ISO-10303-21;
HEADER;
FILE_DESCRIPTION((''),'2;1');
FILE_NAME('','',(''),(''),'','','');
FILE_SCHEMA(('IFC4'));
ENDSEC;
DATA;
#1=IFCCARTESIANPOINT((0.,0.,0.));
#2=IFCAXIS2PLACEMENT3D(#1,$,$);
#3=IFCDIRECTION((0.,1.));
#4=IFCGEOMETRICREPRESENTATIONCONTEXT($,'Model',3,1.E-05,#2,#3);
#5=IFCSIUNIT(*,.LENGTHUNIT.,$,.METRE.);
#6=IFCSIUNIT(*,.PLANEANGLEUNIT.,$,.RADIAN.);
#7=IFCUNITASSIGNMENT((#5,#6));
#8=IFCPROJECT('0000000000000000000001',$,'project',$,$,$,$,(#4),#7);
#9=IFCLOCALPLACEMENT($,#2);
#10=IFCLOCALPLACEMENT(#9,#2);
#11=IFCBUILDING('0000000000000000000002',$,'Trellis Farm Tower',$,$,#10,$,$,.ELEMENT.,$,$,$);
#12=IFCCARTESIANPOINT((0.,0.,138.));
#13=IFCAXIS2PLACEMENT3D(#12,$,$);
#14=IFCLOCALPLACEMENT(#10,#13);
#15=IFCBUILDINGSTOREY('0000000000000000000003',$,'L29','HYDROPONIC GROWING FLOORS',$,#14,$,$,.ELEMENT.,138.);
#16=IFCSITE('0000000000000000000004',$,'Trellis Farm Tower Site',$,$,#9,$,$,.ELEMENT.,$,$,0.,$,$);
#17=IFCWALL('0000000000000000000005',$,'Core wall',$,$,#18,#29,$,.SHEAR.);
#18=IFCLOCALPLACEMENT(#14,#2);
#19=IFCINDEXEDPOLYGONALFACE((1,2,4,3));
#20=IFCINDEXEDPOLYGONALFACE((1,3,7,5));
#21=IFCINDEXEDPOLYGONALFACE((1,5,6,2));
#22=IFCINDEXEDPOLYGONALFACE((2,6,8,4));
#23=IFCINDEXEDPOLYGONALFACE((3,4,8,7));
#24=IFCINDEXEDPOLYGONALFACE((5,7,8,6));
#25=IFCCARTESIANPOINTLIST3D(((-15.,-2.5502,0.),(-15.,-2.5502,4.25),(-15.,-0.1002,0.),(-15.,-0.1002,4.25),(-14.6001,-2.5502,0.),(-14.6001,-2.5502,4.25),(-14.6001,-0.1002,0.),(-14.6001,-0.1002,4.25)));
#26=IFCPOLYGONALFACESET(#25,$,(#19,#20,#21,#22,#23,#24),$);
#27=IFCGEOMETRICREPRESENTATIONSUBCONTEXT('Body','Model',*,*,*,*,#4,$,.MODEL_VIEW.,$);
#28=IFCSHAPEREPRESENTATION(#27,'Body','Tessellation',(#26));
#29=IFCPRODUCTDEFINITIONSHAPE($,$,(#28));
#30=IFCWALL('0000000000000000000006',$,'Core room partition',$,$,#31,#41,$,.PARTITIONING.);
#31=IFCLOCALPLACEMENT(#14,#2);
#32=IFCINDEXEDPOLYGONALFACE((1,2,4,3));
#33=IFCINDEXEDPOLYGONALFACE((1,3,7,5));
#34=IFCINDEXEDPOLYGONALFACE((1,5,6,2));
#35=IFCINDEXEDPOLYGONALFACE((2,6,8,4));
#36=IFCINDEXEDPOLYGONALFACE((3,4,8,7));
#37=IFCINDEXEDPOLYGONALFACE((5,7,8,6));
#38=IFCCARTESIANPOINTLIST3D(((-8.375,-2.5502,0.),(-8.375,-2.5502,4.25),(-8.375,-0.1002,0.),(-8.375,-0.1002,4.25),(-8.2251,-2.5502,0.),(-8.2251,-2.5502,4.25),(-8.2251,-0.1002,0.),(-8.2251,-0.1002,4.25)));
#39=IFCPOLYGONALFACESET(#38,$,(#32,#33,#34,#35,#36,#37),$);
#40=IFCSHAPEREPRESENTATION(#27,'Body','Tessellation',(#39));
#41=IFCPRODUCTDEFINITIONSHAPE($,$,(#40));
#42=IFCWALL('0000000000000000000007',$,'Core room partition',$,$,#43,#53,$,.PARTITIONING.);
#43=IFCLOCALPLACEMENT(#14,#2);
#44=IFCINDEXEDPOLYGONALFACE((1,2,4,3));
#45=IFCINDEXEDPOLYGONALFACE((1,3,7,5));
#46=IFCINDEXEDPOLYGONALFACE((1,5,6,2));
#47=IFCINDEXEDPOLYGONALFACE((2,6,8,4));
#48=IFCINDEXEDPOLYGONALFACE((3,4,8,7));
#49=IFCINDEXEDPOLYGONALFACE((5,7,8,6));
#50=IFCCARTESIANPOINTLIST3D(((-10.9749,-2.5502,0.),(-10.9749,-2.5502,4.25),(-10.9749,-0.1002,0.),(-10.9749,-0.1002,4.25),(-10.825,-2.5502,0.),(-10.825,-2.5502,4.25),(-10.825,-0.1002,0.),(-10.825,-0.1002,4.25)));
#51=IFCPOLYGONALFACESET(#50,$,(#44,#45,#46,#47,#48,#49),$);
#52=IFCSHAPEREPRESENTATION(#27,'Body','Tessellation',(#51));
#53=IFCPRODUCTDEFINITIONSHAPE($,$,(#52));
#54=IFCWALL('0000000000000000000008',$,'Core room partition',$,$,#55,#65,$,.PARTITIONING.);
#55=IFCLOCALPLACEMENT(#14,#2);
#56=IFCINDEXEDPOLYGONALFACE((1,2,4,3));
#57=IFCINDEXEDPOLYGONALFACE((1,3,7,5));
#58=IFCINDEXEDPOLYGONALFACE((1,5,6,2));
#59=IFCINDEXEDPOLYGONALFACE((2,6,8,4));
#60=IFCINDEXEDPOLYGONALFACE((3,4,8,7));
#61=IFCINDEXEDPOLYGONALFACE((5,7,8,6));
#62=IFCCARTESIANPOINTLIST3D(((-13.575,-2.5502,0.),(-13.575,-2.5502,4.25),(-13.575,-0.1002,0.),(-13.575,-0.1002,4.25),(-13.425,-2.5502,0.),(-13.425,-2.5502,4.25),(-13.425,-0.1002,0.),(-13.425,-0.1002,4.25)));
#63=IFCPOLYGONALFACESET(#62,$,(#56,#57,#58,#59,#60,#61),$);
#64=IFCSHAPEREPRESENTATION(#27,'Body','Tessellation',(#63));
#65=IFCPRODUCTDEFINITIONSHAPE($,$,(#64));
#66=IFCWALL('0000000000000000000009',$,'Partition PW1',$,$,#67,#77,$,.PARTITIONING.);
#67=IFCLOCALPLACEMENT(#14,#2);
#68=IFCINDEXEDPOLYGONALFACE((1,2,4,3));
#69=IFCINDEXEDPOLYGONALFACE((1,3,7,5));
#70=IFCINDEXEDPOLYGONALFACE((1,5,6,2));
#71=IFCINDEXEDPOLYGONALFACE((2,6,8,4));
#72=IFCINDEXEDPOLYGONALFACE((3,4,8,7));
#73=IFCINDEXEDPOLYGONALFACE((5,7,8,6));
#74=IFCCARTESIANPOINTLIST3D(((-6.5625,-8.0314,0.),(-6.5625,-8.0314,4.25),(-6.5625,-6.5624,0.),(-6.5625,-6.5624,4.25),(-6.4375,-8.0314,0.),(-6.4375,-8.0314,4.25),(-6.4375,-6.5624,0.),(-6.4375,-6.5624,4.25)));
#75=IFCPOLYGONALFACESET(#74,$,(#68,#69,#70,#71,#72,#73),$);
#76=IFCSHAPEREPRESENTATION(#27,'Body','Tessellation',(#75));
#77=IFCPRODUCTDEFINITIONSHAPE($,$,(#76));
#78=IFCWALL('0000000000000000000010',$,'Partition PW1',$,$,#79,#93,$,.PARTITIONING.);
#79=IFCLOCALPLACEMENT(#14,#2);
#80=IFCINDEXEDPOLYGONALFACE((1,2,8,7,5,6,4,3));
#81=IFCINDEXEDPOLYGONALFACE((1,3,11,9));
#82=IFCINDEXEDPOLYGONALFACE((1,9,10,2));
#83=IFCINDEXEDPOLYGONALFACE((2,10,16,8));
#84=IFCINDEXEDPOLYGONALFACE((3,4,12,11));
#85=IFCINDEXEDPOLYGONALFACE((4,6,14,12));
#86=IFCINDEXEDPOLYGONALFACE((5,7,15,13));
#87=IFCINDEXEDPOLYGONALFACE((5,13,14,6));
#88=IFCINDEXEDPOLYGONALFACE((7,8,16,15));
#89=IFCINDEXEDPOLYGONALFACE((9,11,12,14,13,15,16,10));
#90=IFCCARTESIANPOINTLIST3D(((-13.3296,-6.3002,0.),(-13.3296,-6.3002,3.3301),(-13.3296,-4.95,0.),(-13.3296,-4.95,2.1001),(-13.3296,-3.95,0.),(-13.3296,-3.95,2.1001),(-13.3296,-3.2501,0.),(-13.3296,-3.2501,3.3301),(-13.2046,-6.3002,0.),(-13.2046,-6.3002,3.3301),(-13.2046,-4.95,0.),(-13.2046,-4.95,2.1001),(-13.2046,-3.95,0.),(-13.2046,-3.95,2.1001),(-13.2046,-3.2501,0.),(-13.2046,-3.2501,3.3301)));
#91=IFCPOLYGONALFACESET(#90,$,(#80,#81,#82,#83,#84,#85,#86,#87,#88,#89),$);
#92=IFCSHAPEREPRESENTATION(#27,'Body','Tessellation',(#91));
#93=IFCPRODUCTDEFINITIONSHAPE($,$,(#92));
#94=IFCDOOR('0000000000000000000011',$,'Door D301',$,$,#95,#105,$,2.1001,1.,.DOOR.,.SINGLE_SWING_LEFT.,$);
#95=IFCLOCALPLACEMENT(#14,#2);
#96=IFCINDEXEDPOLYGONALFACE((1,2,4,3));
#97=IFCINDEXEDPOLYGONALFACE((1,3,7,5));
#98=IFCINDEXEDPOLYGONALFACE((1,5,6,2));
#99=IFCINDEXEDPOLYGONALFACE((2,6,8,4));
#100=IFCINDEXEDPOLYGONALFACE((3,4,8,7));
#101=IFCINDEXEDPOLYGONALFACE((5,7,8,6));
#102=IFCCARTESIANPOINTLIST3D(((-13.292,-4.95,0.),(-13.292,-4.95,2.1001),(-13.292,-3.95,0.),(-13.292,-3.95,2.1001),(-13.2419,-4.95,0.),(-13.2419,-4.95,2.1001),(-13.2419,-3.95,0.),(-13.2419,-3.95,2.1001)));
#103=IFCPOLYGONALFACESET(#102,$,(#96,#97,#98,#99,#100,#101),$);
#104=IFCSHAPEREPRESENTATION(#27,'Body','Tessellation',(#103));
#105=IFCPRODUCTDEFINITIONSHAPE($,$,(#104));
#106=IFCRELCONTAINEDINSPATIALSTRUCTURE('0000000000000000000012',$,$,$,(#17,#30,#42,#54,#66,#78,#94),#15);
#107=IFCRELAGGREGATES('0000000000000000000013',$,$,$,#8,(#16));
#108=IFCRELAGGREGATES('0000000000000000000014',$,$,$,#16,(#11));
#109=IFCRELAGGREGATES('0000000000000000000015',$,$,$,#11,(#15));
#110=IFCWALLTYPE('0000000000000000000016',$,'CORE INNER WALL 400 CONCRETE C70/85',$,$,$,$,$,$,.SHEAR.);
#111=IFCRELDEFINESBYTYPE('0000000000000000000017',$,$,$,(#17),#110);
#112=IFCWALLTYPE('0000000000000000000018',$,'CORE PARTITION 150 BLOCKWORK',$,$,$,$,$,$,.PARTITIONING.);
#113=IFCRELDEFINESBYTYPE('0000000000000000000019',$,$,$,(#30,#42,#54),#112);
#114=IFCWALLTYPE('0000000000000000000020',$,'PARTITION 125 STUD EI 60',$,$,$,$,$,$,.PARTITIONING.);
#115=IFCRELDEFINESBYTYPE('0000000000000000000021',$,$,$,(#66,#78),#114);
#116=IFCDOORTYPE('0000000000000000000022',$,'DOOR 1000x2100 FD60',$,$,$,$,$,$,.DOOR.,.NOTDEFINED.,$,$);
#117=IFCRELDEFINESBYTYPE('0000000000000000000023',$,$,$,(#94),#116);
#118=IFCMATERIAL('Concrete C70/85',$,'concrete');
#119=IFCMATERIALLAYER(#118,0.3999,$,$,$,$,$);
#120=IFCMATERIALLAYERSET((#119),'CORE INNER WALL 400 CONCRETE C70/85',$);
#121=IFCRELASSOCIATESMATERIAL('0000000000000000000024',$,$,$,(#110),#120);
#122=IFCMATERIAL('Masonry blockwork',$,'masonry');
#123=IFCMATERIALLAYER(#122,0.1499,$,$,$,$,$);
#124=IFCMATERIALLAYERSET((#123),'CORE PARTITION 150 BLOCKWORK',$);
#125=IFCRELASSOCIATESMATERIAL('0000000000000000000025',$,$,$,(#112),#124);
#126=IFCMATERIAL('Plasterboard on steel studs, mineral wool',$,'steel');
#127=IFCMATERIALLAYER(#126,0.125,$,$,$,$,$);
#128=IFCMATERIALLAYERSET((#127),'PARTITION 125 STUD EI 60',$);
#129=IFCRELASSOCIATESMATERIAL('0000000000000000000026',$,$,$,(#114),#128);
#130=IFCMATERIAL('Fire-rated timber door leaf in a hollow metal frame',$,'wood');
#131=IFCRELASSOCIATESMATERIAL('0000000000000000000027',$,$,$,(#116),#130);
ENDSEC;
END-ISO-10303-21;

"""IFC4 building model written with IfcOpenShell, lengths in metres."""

from ifc_helpers import new_model, si_unit, direction, frame, frame_2d, origin, place, context, subcontext, project, spatial, rectangle, extrude, source, transform, mapped, material, layer, layer_set, type_object, element, fill, save


model = new_model("IFC4")

# Units and contexts
model_context = context("Model", 3, precision=1e-05, world=origin(), true_north=direction((0.0, 1.0)))
body_context = subcontext(model_context, "Body", "Model", "MODEL_VIEW")
ifc_project = project(units=[si_unit("LENGTHUNIT", "METRE"), si_unit("PLANEANGLEUNIT", "RADIAN")], contexts=[model_context])

# Site, building, storey
site_placement = place(None, origin())
site = spatial("IfcSite", under=ifc_project, at=site_placement, Name="Trellis Farm Tower Site", CompositionType="ELEMENT", RefElevation=0.0)
building_placement = place(site_placement, origin())
building = spatial("IfcBuilding", under=site, at=building_placement, Name="Trellis Farm Tower", CompositionType="ELEMENT")
storey_placement = place(building_placement, frame((0.0, 0.0, 138.0)))
storey = spatial("IfcBuildingStorey", under=building, at=storey_placement, Name="L29", Description="HYDROPONIC GROWING FLOORS", CompositionType="ELEMENT", Elevation=138.0)

# Wall
ifc_material_1 = material(Name="Concrete C70/85", Category="concrete")
ifc_layer_1 = layer(ifc_material_1, 0.3999)
ifc_layer_set_1 = layer_set([ifc_layer_1], Name="CORE INNER WALL 400 CONCRETE C70/85")
wall_type_1 = type_object("IfcWallType", Name="CORE INNER WALL 400 CONCRETE C70/85", PredefinedType="SHEAR", material=ifc_layer_set_1)
shared_shape_1 = source(origin(), body_context, "Body", "SweptSolid", [
    extrude(rectangle(XDim=2.45, YDim=0.3999, at=frame_2d((1.2251, 0.0))), origin(), (0.0, 0.0, 1.0), 4.25),
])
for number, where, z_axis, x_axis, name in (
    (1, (-14.8, -0.1001, 0.0), (0.0, 0.0, 1.0), (0.0, -1.0, 0.0), "Core wall"),
):
    element("IfcWall", number, at=place(storey_placement, frame(where, z_axis=z_axis, x_axis=x_axis)), inside=storey, type_object=wall_type_1, Name=name, PredefinedType="SHEAR", context=body_context, shape_type="MappedRepresentation", body=[
        mapped(shared_shape_1, transform((0.0, 0.0, 0.0))),
    ])

# Walls
ifc_material_2 = material(Name="Masonry blockwork", Category="masonry")
ifc_layer_2 = layer(ifc_material_2, 0.1499)
ifc_layer_set_2 = layer_set([ifc_layer_2], Name="CORE PARTITION 150 BLOCKWORK")
wall_type_2 = type_object("IfcWallType", Name="CORE PARTITION 150 BLOCKWORK", PredefinedType="PARTITIONING", material=ifc_layer_set_2)
shared_shape_2 = source(origin(), body_context, "Body", "SweptSolid", [
    extrude(rectangle(XDim=2.45, YDim=0.1499, at=frame_2d((1.2251, 0.0))), origin(), (0.0, 0.0, 1.0), 4.25),
])
for number, where, z_axis, x_axis, name in (
    (2, (-8.3, -0.1001, 0.0), (0.0, 0.0, 1.0), (0.0, -1.0, 0.0), "Core room partition"),
    (3, (-10.8999, -0.1001, 0.0), (0.0, 0.0, 1.0), (0.0, -1.0, 0.0), "Core room partition"),
    (4, (-13.5, -0.1001, 0.0), (0.0, 0.0, 1.0), (0.0, -1.0, 0.0), "Core room partition"),
):
    element("IfcWall", number, at=place(storey_placement, frame(where, z_axis=z_axis, x_axis=x_axis)), inside=storey, type_object=wall_type_2, Name=name, PredefinedType="PARTITIONING", context=body_context, shape_type="MappedRepresentation", body=[
        mapped(shared_shape_2, transform((0.0, 0.0, 0.0))),
    ])
ifc_material_3 = material(Name="Plasterboard on steel studs, mineral wool", Category="steel")
ifc_layer_3 = layer(ifc_material_3, 0.125)
ifc_layer_set_3 = layer_set([ifc_layer_3], Name="PARTITION 125 STUD EI 60")
wall_type_3 = type_object("IfcWallType", Name="PARTITION 125 STUD EI 60", PredefinedType="PARTITIONING", material=ifc_layer_set_3)
shared_shape_3 = source(origin(), body_context, "Body", "SweptSolid", [
    extrude(rectangle(XDim=1.469, YDim=0.125, at=frame_2d((0.7344, 0.0))), origin(), (0.0, 0.0, 1.0), 4.25),
])
wall_1_placement = place(storey_placement, frame((-6.5, -6.5625, 0.0), z_axis=(0.0, 0.0, 1.0), x_axis=(0.0, -1.0, 0.0)))
element("IfcWall", 5, at=wall_1_placement, inside=storey, type_object=wall_type_3, Name="Partition PW1", PredefinedType="PARTITIONING", context=body_context, shape_type="MappedRepresentation", body=[
    mapped(shared_shape_3, transform((0.0, 0.0, 0.0))),
])

# Wall, opening, door
shared_shape_4 = source(origin(), body_context, "Body", "SweptSolid", [
    extrude(rectangle(XDim=3.05, YDim=0.125, at=frame_2d((1.5249, 0.0))), origin(), (0.0, 0.0, 1.0), 3.3301),
])
wall_2_placement = place(storey_placement, frame((-13.2671, -6.3, 0.0), z_axis=(0.0, 0.0, 1.0), x_axis=(0.0, 1.0, 0.0)))
wall_2 = element("IfcWall", 6, at=wall_2_placement, inside=storey, type_object=wall_type_3, Name="Partition PW1", PredefinedType="PARTITIONING", context=body_context, shape_type="MappedRepresentation", body=[
    mapped(shared_shape_4, transform((0.0, 0.0, 0.0))),
])
shared_shape_5 = source(origin(), body_context, "Body", "SweptSolid", [
    extrude(rectangle(XDim=1.0, YDim=2.1001, at=frame_2d((0.5, 1.05))), frame((0.0, 0.0725, 0.0), z_axis=(0.0, -1.0, 0.0), x_axis=(1.0, 0.0, 0.0)), (0.0, 0.0, 1.0), 0.145),
])
opening_1_placement = place(wall_2_placement, frame((1.3501, 0.0, 0.0)))
opening_1 = element("IfcOpeningElement", 7, at=opening_1_placement, cuts=wall_2, PredefinedType="OPENING", context=body_context, shape_type="MappedRepresentation", body=[
    mapped(shared_shape_5, transform((0.0, 0.0, 0.0))),
])
ifc_material_4 = material(Name="Fire-rated timber door leaf in a hollow metal frame", Category="wood")
door_type_1 = type_object("IfcDoorType", Name="DOOR 1000x2100 FD60", OperationType="NOTDEFINED", PredefinedType="DOOR", material=ifc_material_4)
shared_shape_6 = source(origin(), body_context, "Body", "SweptSolid", [
    extrude(rectangle(XDim=1.0, YDim=2.1001, at=frame_2d((0.5, 1.05))), frame((0.0, 0.0249, 0.0), z_axis=(0.0, -1.0, 0.0), x_axis=(1.0, 0.0, 0.0)), (0.0, 0.0, 1.0), 0.05),
])
door_1_placement = place(opening_1_placement, origin())
door_1 = element("IfcDoor", 8, at=door_1_placement, inside=storey, type_object=door_type_1, Name="Door D301", OperationType="SINGLE_SWING_LEFT", OverallHeight=2.1001, OverallWidth=1.0, PredefinedType="DOOR", context=body_context, shape_type="MappedRepresentation", body=[
    mapped(shared_shape_6, transform((0.0, 0.0, 0.0))),
])
fill(opening_1, door_1)

save(model, "model.ifc")
